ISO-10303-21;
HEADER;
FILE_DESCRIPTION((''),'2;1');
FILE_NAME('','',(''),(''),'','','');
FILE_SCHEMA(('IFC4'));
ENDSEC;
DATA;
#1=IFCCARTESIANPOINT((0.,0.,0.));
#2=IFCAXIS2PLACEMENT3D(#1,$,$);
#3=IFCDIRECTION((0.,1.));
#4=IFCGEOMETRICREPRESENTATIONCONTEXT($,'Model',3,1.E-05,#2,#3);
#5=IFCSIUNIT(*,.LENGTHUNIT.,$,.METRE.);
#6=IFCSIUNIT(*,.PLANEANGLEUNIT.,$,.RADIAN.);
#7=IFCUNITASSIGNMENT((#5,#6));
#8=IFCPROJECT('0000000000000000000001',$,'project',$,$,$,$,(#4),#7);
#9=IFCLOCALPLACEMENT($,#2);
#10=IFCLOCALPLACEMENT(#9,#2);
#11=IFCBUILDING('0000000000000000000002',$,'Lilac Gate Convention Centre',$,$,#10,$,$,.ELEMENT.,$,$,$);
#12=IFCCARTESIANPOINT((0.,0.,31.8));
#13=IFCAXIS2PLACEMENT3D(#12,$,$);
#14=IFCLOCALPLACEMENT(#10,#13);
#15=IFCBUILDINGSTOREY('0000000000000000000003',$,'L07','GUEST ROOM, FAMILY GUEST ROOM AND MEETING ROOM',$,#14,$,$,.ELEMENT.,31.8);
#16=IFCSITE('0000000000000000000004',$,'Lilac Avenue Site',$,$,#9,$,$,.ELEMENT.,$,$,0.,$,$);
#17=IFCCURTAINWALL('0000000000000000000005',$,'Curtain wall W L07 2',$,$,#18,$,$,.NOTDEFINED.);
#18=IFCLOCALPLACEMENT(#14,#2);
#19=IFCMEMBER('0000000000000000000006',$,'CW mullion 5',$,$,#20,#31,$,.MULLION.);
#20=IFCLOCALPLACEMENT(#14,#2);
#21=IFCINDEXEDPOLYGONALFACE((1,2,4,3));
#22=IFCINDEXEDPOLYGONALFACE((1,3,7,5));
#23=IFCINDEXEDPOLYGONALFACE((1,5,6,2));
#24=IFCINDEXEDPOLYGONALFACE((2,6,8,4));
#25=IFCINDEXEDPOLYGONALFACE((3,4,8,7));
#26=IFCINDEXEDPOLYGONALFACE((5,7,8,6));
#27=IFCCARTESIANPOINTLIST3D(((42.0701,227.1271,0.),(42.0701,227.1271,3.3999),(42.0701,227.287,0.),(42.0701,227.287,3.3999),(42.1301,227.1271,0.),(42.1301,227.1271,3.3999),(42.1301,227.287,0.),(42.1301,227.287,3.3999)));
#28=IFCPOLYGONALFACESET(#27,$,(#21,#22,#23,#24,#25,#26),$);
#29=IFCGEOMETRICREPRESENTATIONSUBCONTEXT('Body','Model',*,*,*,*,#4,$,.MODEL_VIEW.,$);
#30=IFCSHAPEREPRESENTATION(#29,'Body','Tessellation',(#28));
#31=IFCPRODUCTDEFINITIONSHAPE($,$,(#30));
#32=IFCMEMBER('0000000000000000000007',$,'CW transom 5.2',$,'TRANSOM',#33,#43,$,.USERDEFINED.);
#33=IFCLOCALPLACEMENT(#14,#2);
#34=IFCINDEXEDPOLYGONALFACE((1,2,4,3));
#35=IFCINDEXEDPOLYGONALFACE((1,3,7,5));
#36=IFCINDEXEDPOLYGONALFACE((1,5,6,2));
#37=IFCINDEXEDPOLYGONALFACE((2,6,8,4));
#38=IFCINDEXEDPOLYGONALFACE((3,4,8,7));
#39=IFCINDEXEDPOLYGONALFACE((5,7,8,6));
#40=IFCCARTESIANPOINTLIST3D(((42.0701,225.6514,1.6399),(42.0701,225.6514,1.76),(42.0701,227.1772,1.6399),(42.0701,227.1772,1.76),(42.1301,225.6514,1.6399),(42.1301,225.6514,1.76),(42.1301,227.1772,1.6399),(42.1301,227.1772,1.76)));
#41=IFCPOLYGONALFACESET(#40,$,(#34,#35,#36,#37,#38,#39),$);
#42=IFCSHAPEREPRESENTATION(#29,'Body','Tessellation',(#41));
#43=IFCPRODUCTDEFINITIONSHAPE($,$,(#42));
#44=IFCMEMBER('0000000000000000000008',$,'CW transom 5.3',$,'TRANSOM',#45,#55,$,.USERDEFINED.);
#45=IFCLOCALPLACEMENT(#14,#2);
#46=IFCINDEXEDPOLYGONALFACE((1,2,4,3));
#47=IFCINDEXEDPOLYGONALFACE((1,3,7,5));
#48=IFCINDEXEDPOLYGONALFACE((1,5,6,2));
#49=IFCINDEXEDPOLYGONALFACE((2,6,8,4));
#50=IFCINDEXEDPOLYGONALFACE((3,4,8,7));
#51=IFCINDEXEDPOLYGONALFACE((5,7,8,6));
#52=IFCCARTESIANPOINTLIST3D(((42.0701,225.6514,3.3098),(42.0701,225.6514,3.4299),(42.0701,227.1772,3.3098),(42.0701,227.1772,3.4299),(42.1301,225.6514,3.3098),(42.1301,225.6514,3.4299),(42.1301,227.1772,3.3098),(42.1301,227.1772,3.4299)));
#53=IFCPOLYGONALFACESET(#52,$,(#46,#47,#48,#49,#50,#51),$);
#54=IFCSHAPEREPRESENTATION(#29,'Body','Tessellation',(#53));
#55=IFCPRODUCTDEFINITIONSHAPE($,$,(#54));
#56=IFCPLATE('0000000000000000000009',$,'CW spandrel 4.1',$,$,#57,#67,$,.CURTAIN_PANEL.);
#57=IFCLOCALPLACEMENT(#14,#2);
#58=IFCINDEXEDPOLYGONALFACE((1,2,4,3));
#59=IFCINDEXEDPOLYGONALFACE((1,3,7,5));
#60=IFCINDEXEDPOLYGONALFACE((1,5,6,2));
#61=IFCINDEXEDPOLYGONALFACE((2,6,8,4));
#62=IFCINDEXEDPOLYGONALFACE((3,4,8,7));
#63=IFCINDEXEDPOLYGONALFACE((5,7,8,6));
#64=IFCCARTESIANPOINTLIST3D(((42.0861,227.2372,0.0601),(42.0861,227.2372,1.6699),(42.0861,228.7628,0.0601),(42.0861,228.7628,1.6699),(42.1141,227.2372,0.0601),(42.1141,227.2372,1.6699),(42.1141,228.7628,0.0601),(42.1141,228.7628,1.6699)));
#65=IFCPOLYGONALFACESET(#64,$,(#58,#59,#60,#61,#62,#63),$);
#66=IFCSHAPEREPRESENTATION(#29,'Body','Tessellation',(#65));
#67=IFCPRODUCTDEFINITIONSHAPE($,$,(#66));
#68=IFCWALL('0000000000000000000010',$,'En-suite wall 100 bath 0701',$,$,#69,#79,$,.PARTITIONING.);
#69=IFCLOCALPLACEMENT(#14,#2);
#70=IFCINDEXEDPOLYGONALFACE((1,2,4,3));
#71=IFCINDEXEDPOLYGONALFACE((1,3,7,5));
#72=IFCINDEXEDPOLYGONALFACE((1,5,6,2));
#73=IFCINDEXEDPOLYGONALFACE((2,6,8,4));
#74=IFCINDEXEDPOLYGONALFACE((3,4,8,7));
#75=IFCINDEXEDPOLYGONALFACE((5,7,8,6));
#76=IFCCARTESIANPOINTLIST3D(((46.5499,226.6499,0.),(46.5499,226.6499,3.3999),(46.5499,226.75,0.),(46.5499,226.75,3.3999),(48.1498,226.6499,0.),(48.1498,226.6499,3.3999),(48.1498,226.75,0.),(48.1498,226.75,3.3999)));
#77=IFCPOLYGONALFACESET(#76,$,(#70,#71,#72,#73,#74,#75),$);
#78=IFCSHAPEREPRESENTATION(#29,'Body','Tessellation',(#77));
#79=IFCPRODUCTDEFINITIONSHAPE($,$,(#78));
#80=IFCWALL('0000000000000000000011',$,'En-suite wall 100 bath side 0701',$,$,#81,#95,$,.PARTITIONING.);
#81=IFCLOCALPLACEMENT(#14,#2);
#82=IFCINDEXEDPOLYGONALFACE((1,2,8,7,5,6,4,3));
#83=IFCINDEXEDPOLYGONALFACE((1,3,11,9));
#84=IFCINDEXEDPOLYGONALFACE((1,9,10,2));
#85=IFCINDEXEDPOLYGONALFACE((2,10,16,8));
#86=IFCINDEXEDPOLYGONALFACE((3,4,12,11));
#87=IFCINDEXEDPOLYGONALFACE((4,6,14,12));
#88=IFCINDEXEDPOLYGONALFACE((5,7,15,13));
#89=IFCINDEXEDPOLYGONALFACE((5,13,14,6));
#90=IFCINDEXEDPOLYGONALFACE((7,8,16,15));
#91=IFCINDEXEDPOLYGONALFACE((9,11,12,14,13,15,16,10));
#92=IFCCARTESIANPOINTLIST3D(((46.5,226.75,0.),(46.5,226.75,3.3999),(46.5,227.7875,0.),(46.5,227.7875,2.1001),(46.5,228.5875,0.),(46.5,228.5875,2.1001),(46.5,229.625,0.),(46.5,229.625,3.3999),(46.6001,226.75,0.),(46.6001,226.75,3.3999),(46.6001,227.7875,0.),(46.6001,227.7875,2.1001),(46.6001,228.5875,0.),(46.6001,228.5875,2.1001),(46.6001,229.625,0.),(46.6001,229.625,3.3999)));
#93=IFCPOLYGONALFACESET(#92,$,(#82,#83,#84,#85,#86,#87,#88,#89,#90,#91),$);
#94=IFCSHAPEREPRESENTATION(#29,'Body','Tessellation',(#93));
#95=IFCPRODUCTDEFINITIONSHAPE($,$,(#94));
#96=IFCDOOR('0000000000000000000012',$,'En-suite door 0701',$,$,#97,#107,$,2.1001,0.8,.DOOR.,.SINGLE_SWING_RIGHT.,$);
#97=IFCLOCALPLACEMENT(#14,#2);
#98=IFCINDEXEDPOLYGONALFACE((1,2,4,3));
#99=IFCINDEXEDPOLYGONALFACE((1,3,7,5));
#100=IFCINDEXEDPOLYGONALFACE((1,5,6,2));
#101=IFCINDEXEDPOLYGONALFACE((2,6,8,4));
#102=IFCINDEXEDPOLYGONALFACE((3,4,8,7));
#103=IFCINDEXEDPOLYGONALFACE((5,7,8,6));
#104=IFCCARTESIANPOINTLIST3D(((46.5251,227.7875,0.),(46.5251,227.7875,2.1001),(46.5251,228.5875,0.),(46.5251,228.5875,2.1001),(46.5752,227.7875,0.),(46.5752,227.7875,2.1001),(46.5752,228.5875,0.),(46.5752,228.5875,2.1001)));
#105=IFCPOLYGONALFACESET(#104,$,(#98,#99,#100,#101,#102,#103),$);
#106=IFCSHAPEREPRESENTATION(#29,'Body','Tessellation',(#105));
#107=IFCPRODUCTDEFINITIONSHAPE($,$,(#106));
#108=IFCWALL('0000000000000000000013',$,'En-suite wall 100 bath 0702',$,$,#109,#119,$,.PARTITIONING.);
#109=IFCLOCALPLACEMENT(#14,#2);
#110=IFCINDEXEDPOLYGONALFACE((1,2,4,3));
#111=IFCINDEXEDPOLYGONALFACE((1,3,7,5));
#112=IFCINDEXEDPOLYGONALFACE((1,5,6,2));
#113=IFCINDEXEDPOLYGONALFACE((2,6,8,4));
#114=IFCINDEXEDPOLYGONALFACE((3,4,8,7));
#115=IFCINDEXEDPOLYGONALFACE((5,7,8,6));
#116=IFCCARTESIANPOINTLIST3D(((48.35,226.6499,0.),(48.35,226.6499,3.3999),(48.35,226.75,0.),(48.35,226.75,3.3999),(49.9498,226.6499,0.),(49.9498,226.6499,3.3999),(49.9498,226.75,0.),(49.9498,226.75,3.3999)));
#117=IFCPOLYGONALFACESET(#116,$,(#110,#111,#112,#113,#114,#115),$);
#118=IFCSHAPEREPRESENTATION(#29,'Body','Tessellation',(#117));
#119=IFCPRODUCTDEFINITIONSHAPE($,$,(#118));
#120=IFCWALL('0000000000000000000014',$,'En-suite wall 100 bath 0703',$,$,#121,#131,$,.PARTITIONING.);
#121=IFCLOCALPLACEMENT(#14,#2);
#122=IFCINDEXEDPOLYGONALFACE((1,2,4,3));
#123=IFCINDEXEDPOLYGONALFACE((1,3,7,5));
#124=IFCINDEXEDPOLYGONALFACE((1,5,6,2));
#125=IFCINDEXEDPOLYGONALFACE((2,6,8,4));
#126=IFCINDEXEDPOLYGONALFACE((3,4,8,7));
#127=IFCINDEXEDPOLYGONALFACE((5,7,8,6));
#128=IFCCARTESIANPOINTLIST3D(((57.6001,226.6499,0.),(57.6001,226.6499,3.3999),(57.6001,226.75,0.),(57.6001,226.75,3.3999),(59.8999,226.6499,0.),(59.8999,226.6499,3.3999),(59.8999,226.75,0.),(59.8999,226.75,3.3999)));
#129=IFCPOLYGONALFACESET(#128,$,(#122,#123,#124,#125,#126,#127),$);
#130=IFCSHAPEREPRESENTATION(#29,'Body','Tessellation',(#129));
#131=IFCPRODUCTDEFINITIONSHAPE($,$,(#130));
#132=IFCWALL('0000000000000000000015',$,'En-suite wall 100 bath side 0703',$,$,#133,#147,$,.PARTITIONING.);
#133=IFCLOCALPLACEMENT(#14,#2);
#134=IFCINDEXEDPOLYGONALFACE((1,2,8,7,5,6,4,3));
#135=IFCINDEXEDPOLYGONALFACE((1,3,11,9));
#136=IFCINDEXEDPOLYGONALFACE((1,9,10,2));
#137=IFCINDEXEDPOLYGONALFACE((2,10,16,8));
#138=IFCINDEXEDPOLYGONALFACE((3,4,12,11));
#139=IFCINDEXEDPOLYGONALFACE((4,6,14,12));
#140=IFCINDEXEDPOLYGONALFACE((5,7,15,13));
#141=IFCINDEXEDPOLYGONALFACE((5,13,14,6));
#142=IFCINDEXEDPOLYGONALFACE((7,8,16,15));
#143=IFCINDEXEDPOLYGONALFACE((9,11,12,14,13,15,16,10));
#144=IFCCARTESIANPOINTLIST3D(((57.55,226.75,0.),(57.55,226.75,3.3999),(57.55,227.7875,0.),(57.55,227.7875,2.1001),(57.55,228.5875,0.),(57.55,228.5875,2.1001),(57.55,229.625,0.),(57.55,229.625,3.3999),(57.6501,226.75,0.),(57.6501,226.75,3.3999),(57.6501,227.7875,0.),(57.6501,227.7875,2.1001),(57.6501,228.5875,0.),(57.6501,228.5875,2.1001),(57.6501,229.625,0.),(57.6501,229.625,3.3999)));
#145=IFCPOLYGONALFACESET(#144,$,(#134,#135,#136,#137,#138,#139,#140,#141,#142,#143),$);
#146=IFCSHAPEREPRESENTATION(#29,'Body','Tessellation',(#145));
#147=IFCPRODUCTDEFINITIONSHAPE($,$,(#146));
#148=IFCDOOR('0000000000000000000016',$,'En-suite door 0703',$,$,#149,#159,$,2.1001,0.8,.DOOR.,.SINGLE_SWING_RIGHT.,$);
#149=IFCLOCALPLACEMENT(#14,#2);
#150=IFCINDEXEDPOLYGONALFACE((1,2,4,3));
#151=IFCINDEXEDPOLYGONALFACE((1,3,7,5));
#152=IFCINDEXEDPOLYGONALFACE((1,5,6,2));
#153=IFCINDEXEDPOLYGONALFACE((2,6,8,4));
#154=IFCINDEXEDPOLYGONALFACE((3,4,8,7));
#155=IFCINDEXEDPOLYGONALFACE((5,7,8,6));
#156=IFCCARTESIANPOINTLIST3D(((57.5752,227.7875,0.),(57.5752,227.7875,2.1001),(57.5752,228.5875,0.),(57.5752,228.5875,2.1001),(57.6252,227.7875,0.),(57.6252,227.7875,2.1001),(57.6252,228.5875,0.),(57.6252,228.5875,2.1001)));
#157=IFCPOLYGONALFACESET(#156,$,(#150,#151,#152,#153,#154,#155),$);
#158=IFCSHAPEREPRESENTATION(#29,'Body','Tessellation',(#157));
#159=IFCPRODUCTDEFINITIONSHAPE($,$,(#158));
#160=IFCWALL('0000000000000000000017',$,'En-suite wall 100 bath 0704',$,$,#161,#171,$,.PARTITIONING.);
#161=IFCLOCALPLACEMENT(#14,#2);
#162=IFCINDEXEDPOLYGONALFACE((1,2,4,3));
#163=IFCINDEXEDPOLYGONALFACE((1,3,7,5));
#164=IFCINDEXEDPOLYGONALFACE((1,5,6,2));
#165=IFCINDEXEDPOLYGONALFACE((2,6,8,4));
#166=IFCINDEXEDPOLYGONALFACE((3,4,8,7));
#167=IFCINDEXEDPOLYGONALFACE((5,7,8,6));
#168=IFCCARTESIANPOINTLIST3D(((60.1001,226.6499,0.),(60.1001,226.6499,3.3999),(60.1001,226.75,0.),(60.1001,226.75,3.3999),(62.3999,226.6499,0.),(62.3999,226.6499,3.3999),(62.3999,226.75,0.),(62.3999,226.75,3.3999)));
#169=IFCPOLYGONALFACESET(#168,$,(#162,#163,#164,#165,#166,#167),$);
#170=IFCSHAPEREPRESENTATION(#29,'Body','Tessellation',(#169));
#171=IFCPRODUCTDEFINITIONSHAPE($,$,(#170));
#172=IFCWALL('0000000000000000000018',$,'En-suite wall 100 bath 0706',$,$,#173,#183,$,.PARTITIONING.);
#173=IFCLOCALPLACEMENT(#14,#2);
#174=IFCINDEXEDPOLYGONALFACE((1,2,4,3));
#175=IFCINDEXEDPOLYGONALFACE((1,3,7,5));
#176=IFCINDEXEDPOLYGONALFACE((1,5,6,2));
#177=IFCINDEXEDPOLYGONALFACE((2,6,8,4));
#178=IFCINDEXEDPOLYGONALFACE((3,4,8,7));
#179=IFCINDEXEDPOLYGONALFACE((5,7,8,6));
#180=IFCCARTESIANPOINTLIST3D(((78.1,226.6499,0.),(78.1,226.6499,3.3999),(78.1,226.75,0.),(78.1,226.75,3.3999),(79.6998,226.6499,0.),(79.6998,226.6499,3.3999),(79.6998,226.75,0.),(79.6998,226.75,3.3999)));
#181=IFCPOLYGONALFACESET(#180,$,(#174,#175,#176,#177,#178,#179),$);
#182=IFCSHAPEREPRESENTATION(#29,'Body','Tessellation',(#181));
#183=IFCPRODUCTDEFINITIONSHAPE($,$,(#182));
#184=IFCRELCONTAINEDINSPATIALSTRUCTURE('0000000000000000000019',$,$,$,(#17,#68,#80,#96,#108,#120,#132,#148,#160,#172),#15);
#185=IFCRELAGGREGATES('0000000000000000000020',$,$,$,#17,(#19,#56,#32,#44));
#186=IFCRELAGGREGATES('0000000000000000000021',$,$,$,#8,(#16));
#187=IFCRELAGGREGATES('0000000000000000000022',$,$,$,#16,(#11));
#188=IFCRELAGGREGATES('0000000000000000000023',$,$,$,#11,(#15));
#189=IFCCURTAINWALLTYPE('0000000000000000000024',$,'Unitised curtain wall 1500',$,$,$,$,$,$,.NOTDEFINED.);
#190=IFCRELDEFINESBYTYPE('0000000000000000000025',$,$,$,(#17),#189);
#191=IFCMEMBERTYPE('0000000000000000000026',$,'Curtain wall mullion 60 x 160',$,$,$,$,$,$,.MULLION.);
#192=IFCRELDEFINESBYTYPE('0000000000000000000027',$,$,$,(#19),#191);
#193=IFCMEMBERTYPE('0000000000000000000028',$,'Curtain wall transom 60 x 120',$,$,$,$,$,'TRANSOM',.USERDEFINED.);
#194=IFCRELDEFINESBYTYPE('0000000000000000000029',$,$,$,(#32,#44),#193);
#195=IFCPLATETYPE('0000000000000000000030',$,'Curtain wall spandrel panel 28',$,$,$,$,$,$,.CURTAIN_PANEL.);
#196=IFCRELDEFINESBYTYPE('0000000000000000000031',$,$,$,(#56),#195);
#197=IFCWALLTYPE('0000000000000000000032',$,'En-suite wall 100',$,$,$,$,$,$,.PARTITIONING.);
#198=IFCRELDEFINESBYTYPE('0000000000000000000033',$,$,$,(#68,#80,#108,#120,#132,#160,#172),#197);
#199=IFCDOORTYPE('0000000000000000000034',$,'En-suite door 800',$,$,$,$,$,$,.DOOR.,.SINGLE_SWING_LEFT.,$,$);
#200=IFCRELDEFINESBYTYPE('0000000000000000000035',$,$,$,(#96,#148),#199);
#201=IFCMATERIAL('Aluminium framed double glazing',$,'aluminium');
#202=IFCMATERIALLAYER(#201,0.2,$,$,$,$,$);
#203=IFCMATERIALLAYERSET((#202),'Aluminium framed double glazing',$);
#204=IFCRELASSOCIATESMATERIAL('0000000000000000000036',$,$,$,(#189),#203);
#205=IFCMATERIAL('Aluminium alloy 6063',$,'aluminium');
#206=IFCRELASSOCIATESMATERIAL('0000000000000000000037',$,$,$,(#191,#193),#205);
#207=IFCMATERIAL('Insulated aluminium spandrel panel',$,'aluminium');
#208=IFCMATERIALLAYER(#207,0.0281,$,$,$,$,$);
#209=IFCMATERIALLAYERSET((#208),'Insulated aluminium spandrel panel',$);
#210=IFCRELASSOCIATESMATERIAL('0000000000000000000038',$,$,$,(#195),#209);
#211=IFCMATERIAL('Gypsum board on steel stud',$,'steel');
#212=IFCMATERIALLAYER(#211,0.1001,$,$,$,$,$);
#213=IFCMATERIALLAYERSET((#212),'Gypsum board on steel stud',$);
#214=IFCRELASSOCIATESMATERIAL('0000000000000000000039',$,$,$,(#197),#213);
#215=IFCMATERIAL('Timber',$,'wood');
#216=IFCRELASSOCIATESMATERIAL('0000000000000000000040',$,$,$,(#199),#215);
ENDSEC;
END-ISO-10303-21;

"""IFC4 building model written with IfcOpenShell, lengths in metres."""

from ifc_helpers import new_model, si_unit, direction, frame, frame_2d, origin, origin_2d, place, context, subcontext, project, spatial, rectangle, extrude, material, layer, layer_set, material_profile, profile_set, type_object, element, fill, aggregate, save


model = new_model("IFC4")

# Units and contexts
model_context = context("Model", 3, precision=1e-05, world=origin(), true_north=direction((0.0, 1.0)))
body_context = subcontext(model_context, "Body", "Model", "MODEL_VIEW")
ifc_project = project(units=[si_unit("LENGTHUNIT", "METRE"), si_unit("PLANEANGLEUNIT", "RADIAN")], contexts=[model_context])

# Site, building, storey
site_placement = place(None, origin())
site = spatial("IfcSite", under=ifc_project, at=site_placement, Name="Lilac Avenue Site", CompositionType="ELEMENT", RefElevation=0.0)
building_placement = place(site_placement, origin())
building = spatial("IfcBuilding", under=site, at=building_placement, Name="Lilac Gate Convention Centre", CompositionType="ELEMENT")
storey_placement = place(building_placement, frame((0.0, 0.0, 31.8)))
storey = spatial("IfcBuildingStorey", under=building, at=storey_placement, Name="L07", Description="GUEST ROOM, FAMILY GUEST ROOM AND MEETING ROOM", CompositionType="ELEMENT", Elevation=31.8)

# Curtain wall, members, plate
ifc_material_1 = material(Name="Aluminium framed double glazing", Category="aluminium")
ifc_layer_1 = layer(ifc_material_1, 0.2)
ifc_layer_set_1 = layer_set([ifc_layer_1], Name="Aluminium framed double glazing")
curtain_wall_type = type_object("IfcCurtainWallType", Name="Unitised curtain wall 1500", PredefinedType="NOTDEFINED", material=ifc_layer_set_1)
curtain_wall_placement = place(storey_placement, origin())
curtain_wall = element("IfcCurtainWall", 1, at=curtain_wall_placement, inside=storey, type_object=curtain_wall_type, Name="Curtain wall W L07 2", PredefinedType="NOTDEFINED")
ifc_material_2 = material(Name="Aluminium alloy 6063", Category="aluminium")
ifc_material_profile_1 = material_profile(ifc_material_2, rectangle(XDim=0.0601, YDim=0.1599, at=origin_2d()), Name="Curtain wall mullion 60 x 160")
ifc_profile_set_1 = profile_set([ifc_material_profile_1], Name="Aluminium alloy 6063")
member_type_1 = type_object("IfcMemberType", Name="Curtain wall mullion 60 x 160", PredefinedType="MULLION", material=ifc_profile_set_1)
member_1_placement = place(storey_placement, frame((42.1001, 227.207, 0.0), z_axis=(0.0, 0.0, 1.0), x_axis=(1.0, 0.0, 0.0)))
member_1 = element("IfcMember", 2, at=member_1_placement, type_object=member_type_1, Name="CW mullion 5", PredefinedType="MULLION", context=body_context, shape_type="SweptSolid", body=[
    extrude(rectangle(XDim=0.0601, YDim=0.1599, at=origin_2d()), origin(), (0.0, 0.0, 1.0), 3.3999),
])
ifc_material_profile_2 = material_profile(ifc_material_2, rectangle(XDim=0.0601, YDim=0.1201, at=origin_2d()), Name="Curtain wall transom 60 x 120")
ifc_profile_set_2 = profile_set([ifc_material_profile_2], Name="Aluminium alloy 6063")
member_type_2 = type_object("IfcMemberType", Name="Curtain wall transom 60 x 120", ElementType="TRANSOM", PredefinedType="USERDEFINED", material=ifc_profile_set_2)
member_2_placement = place(storey_placement, frame((42.1001, 227.1772, 1.7), z_axis=(0.0, -1.0, 0.0), x_axis=(1.0, 0.0, 0.0)))
member_2 = element("IfcMember", 3, at=member_2_placement, type_object=member_type_2, Name="CW transom 5.2", ObjectType="TRANSOM", PredefinedType="USERDEFINED", context=body_context, shape_type="SweptSolid", body=[
    extrude(rectangle(XDim=0.0601, YDim=0.1201, at=origin_2d()), origin(), (0.0, 0.0, 1.0), 1.5259),
])
member_3_placement = place(storey_placement, frame((42.1001, 227.1772, 3.3699), z_axis=(0.0, -1.0, 0.0), x_axis=(1.0, 0.0, 0.0)))
member_3 = element("IfcMember", 4, at=member_3_placement, type_object=member_type_2, Name="CW transom 5.3", ObjectType="TRANSOM", PredefinedType="USERDEFINED", context=body_context, shape_type="SweptSolid", body=[
    extrude(rectangle(XDim=0.0601, YDim=0.1201, at=origin_2d()), origin(), (0.0, 0.0, 1.0), 1.5259),
])
ifc_material_3 = material(Name="Insulated aluminium spandrel panel", Category="aluminium")
ifc_layer_2 = layer(ifc_material_3, 0.0281)
ifc_layer_set_2 = layer_set([ifc_layer_2], Name="Insulated aluminium spandrel panel")
plate_type = type_object("IfcPlateType", Name="Curtain wall spandrel panel 28", PredefinedType="CURTAIN_PANEL", material=ifc_layer_set_2)
plate_placement = place(storey_placement, frame((42.1001, 228.0, 0.0601), z_axis=(0.0, 0.0, 1.0), x_axis=(0.0, -1.0, 0.0)))
plate = element("IfcPlate", 5, at=plate_placement, type_object=plate_type, Name="CW spandrel 4.1", PredefinedType="CURTAIN_PANEL", context=body_context, shape_type="SweptSolid", body=[
    extrude(rectangle(XDim=1.5256, YDim=0.0281, at=origin_2d()), origin(), (0.0, 0.0, 1.0), 1.6099),
])
aggregate(curtain_wall, [member_1, plate, member_2, member_3])

# Wall
ifc_material_4 = material(Name="Gypsum board on steel stud", Category="steel")
ifc_layer_3 = layer(ifc_material_4, 0.1001)
ifc_layer_set_3 = layer_set([ifc_layer_3], Name="Gypsum board on steel stud")
wall_type_1 = type_object("IfcWallType", Name="En-suite wall 100", PredefinedType="PARTITIONING", material=ifc_layer_set_3)
wall_1_placement = place(storey_placement, frame((46.55, 226.7, 0.0), z_axis=(0.0, 0.0, 1.0), x_axis=(1.0, 0.0, 0.0)))
element("IfcWall", 6, at=wall_1_placement, inside=storey, type_object=wall_type_1, Name="En-suite wall 100 bath 0701", PredefinedType="PARTITIONING", context=body_context, shape_type="SweptSolid", body=[
    extrude(rectangle(XDim=1.5999, YDim=0.1001, at=frame_2d((0.7998, 0.0))), origin(), (0.0, 0.0, 1.0), 3.3999),
])

# Wall, opening, door
wall_2_placement = place(storey_placement, frame((46.55, 226.75, 0.0), z_axis=(0.0, 0.0, 1.0), x_axis=(0.0, 1.0, 0.0)))
wall_2 = element("IfcWall", 7, at=wall_2_placement, inside=storey, type_object=wall_type_1, Name="En-suite wall 100 bath side 0701", PredefinedType="PARTITIONING", context=body_context, shape_type="SweptSolid", body=[
    extrude(rectangle(XDim=2.875, YDim=0.1001, at=frame_2d((1.4375, 0.0))), origin(), (0.0, 0.0, 1.0), 3.3999),
])
opening_1_placement = place(wall_2_placement, frame((1.0376, 0.0, 0.0)))
opening_1 = element("IfcOpeningElement", 8, at=opening_1_placement, cuts=wall_2, PredefinedType="OPENING", context=body_context, shape_type="SweptSolid", body=[
    extrude(rectangle(XDim=0.8, YDim=2.1001, at=frame_2d((0.3999, 1.05))), frame((0.0, 0.0601, 0.0), z_axis=(0.0, -1.0, 0.0), x_axis=(1.0, 0.0, 0.0)), (0.0, 0.0, 1.0), 0.1201),
])
ifc_material_5 = material(Name="Timber", Category="wood")
door_type = type_object("IfcDoorType", Name="En-suite door 800", OperationType="SINGLE_SWING_LEFT", PredefinedType="DOOR", material=ifc_material_5)
door_1_placement = place(opening_1_placement, origin())
door_1 = element("IfcDoor", 9, at=door_1_placement, inside=storey, type_object=door_type, Name="En-suite door 0701", OperationType="SINGLE_SWING_RIGHT", OverallHeight=2.1001, OverallWidth=0.8, PredefinedType="DOOR", context=body_context, shape_type="SweptSolid", body=[
    extrude(rectangle(XDim=0.8, YDim=2.1001, at=frame_2d((0.3999, 1.05))), frame((0.0, 0.0249, 0.0), z_axis=(0.0, -1.0, 0.0), x_axis=(1.0, 0.0, 0.0)), (0.0, 0.0, 1.0), 0.05),
])
fill(opening_1, door_1)

# Walls
wall_3_placement = place(storey_placement, frame((48.3501, 226.7, 0.0), z_axis=(0.0, 0.0, 1.0), x_axis=(1.0, 0.0, 0.0)))
element("IfcWall", 10, at=wall_3_placement, inside=storey, type_object=wall_type_1, Name="En-suite wall 100 bath 0702", PredefinedType="PARTITIONING", context=body_context, shape_type="SweptSolid", body=[
    extrude(rectangle(XDim=1.5999, YDim=0.1001, at=frame_2d((0.7998, 0.0))), origin(), (0.0, 0.0, 1.0), 3.3999),
])
wall_4_placement = place(storey_placement, frame((57.6001, 226.7, 0.0), z_axis=(0.0, 0.0, 1.0), x_axis=(1.0, 0.0, 0.0)))
element("IfcWall", 11, at=wall_4_placement, inside=storey, type_object=wall_type_1, Name="En-suite wall 100 bath 0703", PredefinedType="PARTITIONING", context=body_context, shape_type="SweptSolid", body=[
    extrude(rectangle(XDim=2.2998, YDim=0.1001, at=frame_2d((1.1499, 0.0))), origin(), (0.0, 0.0, 1.0), 3.3999),
])

# Wall, opening, door
wall_5_placement = place(storey_placement, frame((57.6001, 226.75, 0.0), z_axis=(0.0, 0.0, 1.0), x_axis=(0.0, 1.0, 0.0)))
wall_5 = element("IfcWall", 12, at=wall_5_placement, inside=storey, type_object=wall_type_1, Name="En-suite wall 100 bath side 0703", PredefinedType="PARTITIONING", context=body_context, shape_type="SweptSolid", body=[
    extrude(rectangle(XDim=2.875, YDim=0.1001, at=frame_2d((1.4375, 0.0))), origin(), (0.0, 0.0, 1.0), 3.3999),
])
opening_2_placement = place(wall_5_placement, frame((1.0376, 0.0, 0.0)))
opening_2 = element("IfcOpeningElement", 13, at=opening_2_placement, cuts=wall_5, PredefinedType="OPENING", context=body_context, shape_type="SweptSolid", body=[
    extrude(rectangle(XDim=0.8, YDim=2.1001, at=frame_2d((0.3999, 1.05))), frame((0.0, 0.0601, 0.0), z_axis=(0.0, -1.0, 0.0), x_axis=(1.0, 0.0, 0.0)), (0.0, 0.0, 1.0), 0.1201),
])
door_2_placement = place(opening_2_placement, origin())
door_2 = element("IfcDoor", 14, at=door_2_placement, inside=storey, type_object=door_type, Name="En-suite door 0703", OperationType="SINGLE_SWING_RIGHT", OverallHeight=2.1001, OverallWidth=0.8, PredefinedType="DOOR", context=body_context, shape_type="SweptSolid", body=[
    extrude(rectangle(XDim=0.8, YDim=2.1001, at=frame_2d((0.3999, 1.05))), frame((0.0, 0.0249, 0.0), z_axis=(0.0, -1.0, 0.0), x_axis=(1.0, 0.0, 0.0)), (0.0, 0.0, 1.0), 0.05),
])
fill(opening_2, door_2)

# Walls
wall_6_placement = place(storey_placement, frame((60.1001, 226.7, 0.0), z_axis=(0.0, 0.0, 1.0), x_axis=(1.0, 0.0, 0.0)))
element("IfcWall", 15, at=wall_6_placement, inside=storey, type_object=wall_type_1, Name="En-suite wall 100 bath 0704", PredefinedType="PARTITIONING", context=body_context, shape_type="SweptSolid", body=[
    extrude(rectangle(XDim=2.2998, YDim=0.1001, at=frame_2d((1.1499, 0.0))), origin(), (0.0, 0.0, 1.0), 3.3999),
])
wall_7_placement = place(storey_placement, frame((78.1001, 226.7, 0.0), z_axis=(0.0, 0.0, 1.0), x_axis=(1.0, 0.0, 0.0)))
element("IfcWall", 16, at=wall_7_placement, inside=storey, type_object=wall_type_1, Name="En-suite wall 100 bath 0706", PredefinedType="PARTITIONING", context=body_context, shape_type="SweptSolid", body=[
    extrude(rectangle(XDim=1.5999, YDim=0.1001, at=frame_2d((0.7998, 0.0))), origin(), (0.0, 0.0, 1.0), 3.3999),
])

save(model, "model.ifc")
